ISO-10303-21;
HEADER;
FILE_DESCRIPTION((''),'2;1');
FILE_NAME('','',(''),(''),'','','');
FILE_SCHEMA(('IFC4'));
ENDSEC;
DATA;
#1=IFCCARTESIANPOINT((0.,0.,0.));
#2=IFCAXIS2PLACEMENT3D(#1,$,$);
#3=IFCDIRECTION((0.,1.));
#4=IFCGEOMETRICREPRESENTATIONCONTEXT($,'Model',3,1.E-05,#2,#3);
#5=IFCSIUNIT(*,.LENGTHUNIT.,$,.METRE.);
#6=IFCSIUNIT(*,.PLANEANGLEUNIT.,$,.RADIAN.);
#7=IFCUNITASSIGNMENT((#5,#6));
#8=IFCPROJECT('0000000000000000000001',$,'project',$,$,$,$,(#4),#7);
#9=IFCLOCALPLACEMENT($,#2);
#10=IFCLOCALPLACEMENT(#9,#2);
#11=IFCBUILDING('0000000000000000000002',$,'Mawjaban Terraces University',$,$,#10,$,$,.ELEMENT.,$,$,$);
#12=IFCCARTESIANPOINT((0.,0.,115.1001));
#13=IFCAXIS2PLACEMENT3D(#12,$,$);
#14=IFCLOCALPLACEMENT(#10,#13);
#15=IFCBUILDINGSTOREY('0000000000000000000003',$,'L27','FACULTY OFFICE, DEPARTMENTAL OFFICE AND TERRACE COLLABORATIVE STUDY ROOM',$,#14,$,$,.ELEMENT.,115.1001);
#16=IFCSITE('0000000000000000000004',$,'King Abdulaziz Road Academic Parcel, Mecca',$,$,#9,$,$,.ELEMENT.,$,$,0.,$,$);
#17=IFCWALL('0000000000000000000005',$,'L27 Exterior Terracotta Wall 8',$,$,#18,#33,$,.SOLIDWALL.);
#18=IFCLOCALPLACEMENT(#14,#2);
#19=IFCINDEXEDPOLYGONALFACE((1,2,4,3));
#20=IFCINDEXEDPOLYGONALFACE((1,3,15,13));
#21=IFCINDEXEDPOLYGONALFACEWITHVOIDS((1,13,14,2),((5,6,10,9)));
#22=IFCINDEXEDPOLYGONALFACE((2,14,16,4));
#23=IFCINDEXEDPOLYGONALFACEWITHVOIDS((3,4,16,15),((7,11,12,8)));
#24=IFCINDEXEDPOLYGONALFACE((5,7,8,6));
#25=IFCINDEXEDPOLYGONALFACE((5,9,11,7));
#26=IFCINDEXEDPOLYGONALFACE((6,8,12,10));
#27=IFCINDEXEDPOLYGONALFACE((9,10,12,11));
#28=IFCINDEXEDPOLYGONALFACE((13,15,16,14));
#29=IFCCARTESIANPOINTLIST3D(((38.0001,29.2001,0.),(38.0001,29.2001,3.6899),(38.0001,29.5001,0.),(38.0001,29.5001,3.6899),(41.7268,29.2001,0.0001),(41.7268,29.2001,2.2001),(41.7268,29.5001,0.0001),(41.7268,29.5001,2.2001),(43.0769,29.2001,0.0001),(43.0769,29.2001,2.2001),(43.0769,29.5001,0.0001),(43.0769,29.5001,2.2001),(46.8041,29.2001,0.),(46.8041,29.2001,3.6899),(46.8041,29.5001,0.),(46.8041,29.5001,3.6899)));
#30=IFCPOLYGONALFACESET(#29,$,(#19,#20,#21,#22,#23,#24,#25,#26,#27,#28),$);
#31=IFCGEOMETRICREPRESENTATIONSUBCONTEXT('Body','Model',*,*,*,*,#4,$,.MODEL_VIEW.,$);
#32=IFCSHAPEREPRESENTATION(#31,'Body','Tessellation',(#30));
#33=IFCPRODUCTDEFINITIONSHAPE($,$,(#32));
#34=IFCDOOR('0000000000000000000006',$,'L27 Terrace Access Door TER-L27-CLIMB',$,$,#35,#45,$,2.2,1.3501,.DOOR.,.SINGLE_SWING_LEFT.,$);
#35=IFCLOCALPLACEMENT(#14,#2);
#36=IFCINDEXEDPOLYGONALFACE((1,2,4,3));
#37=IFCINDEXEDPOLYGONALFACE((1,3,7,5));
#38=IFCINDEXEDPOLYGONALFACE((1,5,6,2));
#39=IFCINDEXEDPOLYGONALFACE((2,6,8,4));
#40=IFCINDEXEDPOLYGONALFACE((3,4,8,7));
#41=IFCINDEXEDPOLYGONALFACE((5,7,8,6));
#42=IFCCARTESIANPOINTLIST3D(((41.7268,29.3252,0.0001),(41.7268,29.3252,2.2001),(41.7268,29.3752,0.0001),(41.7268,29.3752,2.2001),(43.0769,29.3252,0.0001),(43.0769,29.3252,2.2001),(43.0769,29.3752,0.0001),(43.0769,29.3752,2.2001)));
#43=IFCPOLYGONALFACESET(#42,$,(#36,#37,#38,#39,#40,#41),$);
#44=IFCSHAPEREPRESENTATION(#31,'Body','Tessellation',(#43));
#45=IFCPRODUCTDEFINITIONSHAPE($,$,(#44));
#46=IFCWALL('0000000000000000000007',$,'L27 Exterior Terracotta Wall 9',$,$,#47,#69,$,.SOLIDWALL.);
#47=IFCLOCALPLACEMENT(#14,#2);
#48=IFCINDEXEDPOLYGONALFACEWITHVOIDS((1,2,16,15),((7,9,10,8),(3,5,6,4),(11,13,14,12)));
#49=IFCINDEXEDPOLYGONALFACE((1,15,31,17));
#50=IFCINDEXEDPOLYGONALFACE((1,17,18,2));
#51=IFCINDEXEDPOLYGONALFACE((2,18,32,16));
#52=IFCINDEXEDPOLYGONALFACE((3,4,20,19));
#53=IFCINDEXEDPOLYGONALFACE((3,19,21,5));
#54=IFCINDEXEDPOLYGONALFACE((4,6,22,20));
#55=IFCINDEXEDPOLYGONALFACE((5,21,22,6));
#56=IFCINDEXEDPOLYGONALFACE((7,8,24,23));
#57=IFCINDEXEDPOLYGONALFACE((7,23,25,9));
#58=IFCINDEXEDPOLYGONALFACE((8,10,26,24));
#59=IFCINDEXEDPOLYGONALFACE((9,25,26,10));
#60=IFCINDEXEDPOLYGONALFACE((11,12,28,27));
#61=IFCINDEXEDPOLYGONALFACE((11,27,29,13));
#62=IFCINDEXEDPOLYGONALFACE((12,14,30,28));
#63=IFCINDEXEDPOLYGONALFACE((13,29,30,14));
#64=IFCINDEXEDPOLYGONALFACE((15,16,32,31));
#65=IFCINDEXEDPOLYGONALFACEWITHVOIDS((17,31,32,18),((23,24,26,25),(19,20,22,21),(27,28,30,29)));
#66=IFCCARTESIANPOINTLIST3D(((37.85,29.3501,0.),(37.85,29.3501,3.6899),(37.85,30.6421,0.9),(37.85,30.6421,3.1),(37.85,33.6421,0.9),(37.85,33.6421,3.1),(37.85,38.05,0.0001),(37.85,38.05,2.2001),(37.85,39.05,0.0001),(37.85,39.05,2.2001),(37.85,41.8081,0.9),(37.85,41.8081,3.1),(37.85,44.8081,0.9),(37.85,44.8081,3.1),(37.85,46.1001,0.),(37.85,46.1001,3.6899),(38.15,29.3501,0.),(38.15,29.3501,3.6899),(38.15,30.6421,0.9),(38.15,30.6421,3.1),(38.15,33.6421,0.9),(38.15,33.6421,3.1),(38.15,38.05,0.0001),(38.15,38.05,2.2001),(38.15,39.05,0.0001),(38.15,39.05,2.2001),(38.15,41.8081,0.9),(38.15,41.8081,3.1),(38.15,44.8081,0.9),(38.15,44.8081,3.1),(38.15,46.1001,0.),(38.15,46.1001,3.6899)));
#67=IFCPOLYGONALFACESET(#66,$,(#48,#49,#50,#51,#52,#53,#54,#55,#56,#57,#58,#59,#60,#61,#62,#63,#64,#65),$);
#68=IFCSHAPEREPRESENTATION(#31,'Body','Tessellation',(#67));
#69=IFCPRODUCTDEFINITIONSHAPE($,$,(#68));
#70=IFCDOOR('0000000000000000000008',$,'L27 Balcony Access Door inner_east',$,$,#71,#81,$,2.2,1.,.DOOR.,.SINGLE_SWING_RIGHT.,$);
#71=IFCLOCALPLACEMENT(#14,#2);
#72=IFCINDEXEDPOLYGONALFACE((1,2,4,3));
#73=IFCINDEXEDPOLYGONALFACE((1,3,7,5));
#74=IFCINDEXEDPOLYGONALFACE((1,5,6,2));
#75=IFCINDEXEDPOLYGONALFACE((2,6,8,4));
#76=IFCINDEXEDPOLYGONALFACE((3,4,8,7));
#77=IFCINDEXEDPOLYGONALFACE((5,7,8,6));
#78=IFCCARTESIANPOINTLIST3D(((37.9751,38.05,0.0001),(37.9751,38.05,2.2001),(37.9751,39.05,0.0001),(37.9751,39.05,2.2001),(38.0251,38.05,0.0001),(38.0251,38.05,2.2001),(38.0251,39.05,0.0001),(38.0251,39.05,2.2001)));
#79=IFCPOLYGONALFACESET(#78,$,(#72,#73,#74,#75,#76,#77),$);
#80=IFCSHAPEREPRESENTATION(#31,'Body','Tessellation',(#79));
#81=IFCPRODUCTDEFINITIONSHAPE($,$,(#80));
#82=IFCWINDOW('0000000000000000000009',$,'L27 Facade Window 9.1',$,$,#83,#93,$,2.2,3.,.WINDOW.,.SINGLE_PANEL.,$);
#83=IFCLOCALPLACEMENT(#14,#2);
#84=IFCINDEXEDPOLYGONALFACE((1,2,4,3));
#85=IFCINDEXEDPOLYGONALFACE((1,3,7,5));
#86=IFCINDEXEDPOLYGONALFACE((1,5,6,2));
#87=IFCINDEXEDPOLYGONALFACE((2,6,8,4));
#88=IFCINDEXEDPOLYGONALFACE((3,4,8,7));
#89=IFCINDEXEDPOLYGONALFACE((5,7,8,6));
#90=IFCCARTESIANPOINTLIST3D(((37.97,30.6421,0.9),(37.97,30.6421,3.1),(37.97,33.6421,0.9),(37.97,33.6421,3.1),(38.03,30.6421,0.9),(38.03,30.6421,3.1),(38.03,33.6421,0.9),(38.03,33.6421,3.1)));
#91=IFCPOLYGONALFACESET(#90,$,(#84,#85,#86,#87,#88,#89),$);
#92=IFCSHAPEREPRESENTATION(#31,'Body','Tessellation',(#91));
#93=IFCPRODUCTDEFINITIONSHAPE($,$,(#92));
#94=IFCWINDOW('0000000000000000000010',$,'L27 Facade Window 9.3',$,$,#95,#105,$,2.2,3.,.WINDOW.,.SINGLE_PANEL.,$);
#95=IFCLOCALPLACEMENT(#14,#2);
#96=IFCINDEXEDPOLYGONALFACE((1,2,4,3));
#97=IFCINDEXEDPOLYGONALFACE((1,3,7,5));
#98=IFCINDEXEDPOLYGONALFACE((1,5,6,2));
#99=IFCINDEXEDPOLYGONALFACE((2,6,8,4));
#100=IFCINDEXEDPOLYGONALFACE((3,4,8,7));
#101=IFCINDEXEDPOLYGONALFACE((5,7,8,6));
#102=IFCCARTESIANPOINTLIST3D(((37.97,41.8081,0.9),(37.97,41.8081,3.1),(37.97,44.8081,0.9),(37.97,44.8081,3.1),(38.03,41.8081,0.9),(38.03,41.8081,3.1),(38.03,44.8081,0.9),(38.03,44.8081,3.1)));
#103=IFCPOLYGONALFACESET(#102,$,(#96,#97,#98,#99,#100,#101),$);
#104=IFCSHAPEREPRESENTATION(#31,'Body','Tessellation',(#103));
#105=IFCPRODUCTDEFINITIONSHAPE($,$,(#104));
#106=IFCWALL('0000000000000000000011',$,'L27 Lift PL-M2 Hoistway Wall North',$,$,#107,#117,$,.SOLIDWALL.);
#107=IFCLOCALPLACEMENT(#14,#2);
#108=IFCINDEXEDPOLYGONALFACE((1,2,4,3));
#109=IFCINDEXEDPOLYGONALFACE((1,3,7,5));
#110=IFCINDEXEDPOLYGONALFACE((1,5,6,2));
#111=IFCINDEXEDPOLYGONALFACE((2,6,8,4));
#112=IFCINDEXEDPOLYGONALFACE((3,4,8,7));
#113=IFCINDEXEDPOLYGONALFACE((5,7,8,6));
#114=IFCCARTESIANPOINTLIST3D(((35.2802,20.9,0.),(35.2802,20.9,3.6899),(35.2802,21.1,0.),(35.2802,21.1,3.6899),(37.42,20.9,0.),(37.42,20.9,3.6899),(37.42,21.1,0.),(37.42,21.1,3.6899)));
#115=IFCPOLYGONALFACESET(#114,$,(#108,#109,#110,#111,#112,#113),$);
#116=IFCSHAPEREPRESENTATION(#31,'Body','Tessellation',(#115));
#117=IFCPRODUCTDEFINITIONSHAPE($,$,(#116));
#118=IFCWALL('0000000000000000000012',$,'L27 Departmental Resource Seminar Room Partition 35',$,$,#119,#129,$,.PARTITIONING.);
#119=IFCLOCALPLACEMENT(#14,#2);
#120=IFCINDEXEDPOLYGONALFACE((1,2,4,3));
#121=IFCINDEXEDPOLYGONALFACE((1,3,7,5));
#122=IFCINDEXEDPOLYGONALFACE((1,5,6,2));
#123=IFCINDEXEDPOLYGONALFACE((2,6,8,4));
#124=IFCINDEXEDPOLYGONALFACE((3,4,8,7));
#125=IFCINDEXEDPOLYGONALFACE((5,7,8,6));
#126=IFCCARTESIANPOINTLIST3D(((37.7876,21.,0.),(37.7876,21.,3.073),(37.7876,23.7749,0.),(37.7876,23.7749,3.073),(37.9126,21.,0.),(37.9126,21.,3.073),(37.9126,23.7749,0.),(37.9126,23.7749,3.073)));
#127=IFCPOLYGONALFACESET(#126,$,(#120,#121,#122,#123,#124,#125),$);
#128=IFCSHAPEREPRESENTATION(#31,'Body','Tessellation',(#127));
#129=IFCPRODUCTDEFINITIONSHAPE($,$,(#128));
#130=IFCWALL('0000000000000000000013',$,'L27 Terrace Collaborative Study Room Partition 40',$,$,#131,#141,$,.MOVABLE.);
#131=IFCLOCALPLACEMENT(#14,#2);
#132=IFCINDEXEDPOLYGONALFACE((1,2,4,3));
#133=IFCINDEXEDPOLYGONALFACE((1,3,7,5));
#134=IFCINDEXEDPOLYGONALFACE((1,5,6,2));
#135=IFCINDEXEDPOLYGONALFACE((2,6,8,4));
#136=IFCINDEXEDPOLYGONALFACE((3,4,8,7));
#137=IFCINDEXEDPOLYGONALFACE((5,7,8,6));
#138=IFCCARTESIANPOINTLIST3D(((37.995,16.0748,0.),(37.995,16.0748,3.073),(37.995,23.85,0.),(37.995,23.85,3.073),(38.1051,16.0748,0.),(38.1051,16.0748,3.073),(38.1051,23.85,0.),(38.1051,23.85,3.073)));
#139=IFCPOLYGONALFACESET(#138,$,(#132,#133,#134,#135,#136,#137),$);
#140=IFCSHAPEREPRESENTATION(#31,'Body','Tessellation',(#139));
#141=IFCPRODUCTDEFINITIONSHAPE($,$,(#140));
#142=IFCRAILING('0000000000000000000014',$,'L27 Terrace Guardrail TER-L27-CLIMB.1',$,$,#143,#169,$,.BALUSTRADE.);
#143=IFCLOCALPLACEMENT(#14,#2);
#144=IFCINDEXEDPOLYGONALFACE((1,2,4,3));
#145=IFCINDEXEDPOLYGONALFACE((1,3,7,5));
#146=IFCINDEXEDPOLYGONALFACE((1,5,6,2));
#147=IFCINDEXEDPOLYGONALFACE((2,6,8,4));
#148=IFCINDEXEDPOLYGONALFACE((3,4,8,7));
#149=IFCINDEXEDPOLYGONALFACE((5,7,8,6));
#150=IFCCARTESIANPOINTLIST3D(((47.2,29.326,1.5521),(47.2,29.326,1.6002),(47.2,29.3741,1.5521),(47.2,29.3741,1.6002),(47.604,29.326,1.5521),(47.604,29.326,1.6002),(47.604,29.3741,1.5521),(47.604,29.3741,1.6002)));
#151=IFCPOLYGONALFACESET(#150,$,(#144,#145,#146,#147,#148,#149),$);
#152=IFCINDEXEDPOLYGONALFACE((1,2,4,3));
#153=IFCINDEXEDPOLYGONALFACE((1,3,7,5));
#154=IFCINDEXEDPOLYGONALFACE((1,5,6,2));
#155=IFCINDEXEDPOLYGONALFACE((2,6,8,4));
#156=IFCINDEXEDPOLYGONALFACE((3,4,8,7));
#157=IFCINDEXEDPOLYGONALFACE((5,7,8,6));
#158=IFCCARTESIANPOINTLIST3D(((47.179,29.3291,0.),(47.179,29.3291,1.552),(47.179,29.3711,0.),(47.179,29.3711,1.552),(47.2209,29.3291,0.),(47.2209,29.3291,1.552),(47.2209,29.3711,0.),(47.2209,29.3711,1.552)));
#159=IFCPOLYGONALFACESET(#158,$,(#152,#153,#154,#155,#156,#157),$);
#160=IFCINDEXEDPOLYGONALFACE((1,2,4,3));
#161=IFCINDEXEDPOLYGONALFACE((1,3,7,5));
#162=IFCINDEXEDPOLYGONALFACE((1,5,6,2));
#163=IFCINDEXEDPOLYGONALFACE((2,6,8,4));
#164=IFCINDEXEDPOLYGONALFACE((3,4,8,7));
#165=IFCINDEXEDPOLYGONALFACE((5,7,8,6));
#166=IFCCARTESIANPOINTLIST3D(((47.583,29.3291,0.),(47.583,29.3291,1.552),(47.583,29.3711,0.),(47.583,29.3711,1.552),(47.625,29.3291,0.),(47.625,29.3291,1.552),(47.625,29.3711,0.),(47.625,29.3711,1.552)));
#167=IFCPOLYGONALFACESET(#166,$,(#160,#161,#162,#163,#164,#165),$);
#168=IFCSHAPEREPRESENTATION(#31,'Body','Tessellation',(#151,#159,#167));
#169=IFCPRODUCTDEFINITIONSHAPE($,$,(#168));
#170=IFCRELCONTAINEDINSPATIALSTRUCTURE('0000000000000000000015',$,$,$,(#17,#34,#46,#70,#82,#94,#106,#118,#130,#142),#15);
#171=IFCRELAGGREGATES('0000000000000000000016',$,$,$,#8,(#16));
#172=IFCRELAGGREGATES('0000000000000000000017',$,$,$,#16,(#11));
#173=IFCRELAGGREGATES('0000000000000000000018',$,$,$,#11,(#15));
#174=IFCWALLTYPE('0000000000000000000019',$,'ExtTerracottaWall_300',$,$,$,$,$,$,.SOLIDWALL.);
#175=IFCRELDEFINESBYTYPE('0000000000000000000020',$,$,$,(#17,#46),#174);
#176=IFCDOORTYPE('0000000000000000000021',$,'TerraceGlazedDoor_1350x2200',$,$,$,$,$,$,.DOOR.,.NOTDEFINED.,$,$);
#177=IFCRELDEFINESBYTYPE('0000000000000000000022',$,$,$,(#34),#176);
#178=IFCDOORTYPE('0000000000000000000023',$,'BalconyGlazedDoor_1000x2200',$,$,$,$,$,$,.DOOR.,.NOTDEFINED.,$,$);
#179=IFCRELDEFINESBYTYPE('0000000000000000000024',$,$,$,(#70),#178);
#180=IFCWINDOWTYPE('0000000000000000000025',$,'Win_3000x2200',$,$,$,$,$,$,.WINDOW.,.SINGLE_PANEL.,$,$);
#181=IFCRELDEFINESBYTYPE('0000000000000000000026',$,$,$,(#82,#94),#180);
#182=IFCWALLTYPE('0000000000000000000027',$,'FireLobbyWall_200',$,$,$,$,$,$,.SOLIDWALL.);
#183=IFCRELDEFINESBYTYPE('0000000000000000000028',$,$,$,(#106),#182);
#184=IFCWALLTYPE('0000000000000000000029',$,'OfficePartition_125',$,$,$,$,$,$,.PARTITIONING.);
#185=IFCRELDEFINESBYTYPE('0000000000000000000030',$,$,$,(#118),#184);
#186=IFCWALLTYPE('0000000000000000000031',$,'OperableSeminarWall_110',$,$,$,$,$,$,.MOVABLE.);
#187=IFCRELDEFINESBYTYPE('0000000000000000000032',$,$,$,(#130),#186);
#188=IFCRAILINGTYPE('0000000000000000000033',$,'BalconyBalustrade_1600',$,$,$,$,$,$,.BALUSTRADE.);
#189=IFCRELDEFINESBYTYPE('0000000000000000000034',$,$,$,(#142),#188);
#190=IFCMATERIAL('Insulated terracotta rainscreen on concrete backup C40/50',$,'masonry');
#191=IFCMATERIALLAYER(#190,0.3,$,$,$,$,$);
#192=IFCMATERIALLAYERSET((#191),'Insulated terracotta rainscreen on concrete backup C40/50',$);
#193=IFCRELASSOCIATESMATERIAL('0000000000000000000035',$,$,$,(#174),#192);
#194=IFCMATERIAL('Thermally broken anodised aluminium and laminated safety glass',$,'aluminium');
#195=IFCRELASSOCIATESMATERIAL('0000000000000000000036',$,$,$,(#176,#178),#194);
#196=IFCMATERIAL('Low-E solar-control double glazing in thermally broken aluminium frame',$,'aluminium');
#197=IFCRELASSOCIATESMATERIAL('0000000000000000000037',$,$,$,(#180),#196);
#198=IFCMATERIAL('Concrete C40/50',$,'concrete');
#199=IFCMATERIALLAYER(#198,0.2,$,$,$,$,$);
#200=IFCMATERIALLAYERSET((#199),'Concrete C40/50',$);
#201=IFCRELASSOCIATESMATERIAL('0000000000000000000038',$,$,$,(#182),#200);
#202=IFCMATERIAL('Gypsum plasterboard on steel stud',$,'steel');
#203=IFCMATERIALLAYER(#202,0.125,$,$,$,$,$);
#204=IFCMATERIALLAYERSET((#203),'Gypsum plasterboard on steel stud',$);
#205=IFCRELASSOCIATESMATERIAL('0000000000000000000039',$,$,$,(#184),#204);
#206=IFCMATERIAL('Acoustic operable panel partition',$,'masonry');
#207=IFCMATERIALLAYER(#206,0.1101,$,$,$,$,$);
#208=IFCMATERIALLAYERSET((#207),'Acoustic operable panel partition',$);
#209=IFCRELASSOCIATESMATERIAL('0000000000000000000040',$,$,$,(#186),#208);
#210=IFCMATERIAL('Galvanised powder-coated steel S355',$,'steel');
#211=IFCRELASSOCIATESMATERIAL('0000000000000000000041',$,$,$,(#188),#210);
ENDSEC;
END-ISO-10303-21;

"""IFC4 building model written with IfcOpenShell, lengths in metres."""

from ifc_helpers import new_model, si_unit, direction, frame, frame_2d, origin, origin_2d, place, context, subcontext, project, spatial, rectangle, extrude, material, layer, layer_set, type_object, element, fill, save


model = new_model("IFC4")

# Units and contexts
model_context = context("Model", 3, precision=1e-05, world=origin(), true_north=direction((0.0, 1.0)))
body_context = subcontext(model_context, "Body", "Model", "MODEL_VIEW")
ifc_project = project(units=[si_unit("LENGTHUNIT", "METRE"), si_unit("PLANEANGLEUNIT", "RADIAN")], contexts=[model_context])

# Site, building, storey
site_placement = place(None, origin())
site = spatial("IfcSite", under=ifc_project, at=site_placement, Name="King Abdulaziz Road Academic Parcel, Mecca", CompositionType="ELEMENT", RefElevation=0.0)
building_placement = place(site_placement, origin())
building = spatial("IfcBuilding", under=site, at=building_placement, Name="Mawjaban Terraces University", CompositionType="ELEMENT")
storey_placement = place(building_placement, frame((0.0, 0.0, 115.1001)))
storey = spatial("IfcBuildingStorey", under=building, at=storey_placement, Name="L27", Description="FACULTY OFFICE, DEPARTMENTAL OFFICE AND TERRACE COLLABORATIVE STUDY ROOM", CompositionType="ELEMENT", Elevation=115.1001)

# Shared definitions
ifc_material_1 = material(Name="Insulated terracotta rainscreen on concrete backup C40/50", Category="masonry")
ifc_layer_1 = layer(ifc_material_1, 0.3)
ifc_layer_set_1 = layer_set([ifc_layer_1], Name="Insulated terracotta rainscreen on concrete backup C40/50")
wall_type_1 = type_object("IfcWallType", Name="ExtTerracottaWall_300", PredefinedType="SOLIDWALL", material=ifc_layer_set_1)

# Wall, opening, door
wall_1_placement = place(storey_placement, frame((46.804, 29.3501, 0.0), z_axis=(0.0, 0.0, 1.0), x_axis=(-1.0, 0.0, 0.0)))
wall_1 = element("IfcWall", 1, at=wall_1_placement, inside=storey, type_object=wall_type_1, Name="L27 Exterior Terracotta Wall 8", PredefinedType="SOLIDWALL", context=body_context, shape_type="SweptSolid", body=[
    extrude(rectangle(XDim=8.804, YDim=0.3, at=frame_2d((4.4019, 0.0))), origin(), (0.0, 0.0, 1.0), 3.6899),
])
opening_1_placement = place(wall_1_placement, frame((3.7271, 0.0, 0.0)))
opening_1 = element("IfcOpeningElement", 2, at=opening_1_placement, cuts=wall_1, PredefinedType="OPENING", context=body_context, shape_type="SweptSolid", body=[
    extrude(rectangle(XDim=1.3501, YDim=2.2, at=frame_2d((0.675, 1.1001))), frame((0.0, 0.1599, 0.0), z_axis=(0.0, -1.0, 0.0), x_axis=(1.0, 0.0, 0.0)), (0.0, 0.0, 1.0), 0.3201),
])
ifc_material_2 = material(Name="Thermally broken anodised aluminium and laminated safety glass", Category="aluminium")
door_type_1 = type_object("IfcDoorType", Name="TerraceGlazedDoor_1350x2200", OperationType="NOTDEFINED", PredefinedType="DOOR", material=ifc_material_2)
door_1_placement = place(opening_1_placement, origin())
door_1 = element("IfcDoor", 3, at=door_1_placement, inside=storey, type_object=door_type_1, Name="L27 Terrace Access Door TER-L27-CLIMB", OperationType="SINGLE_SWING_LEFT", OverallHeight=2.2, OverallWidth=1.3501, PredefinedType="DOOR", context=body_context, shape_type="SweptSolid", body=[
    extrude(rectangle(XDim=1.3501, YDim=2.2, at=frame_2d((0.675, 1.1001))), frame((0.0, 0.0249, 0.0), z_axis=(0.0, -1.0, 0.0), x_axis=(1.0, 0.0, 0.0)), (0.0, 0.0, 1.0), 0.05),
])
fill(opening_1, door_1)

# Wall, openings, door, windows
wall_2_placement = place(storey_placement, frame((38.0, 29.3501, 0.0), z_axis=(0.0, 0.0, 1.0), x_axis=(0.0, 1.0, 0.0)))
wall_2 = element("IfcWall", 4, at=wall_2_placement, inside=storey, type_object=wall_type_1, Name="L27 Exterior Terracotta Wall 9", PredefinedType="SOLIDWALL", context=body_context, shape_type="SweptSolid", body=[
    extrude(rectangle(XDim=16.75, YDim=0.3, at=frame_2d((8.375, 0.0))), origin(), (0.0, 0.0, 1.0), 3.6899),
])
opening_2_placement = place(wall_2_placement, frame((8.7, 0.0, 0.0)))
opening_2 = element("IfcOpeningElement", 5, at=opening_2_placement, cuts=wall_2, PredefinedType="OPENING", context=body_context, shape_type="SweptSolid", body=[
    extrude(rectangle(XDim=1.0, YDim=2.2, at=frame_2d((0.5, 1.1001))), frame((0.0, 0.1599, 0.0), z_axis=(0.0, -1.0, 0.0), x_axis=(1.0, 0.0, 0.0)), (0.0, 0.0, 1.0), 0.3201),
])
opening_3_placement = place(wall_2_placement, frame((1.292, 0.0, 0.8999)))
opening_3 = element("IfcOpeningElement", 6, at=opening_3_placement, cuts=wall_2, PredefinedType="OPENING", context=body_context, shape_type="SweptSolid", body=[
    extrude(rectangle(XDim=3.0, YDim=2.2, at=frame_2d((1.5, 1.1001))), frame((0.0, 0.1599, 0.0), z_axis=(0.0, -1.0, 0.0), x_axis=(1.0, 0.0, 0.0)), (0.0, 0.0, 1.0), 0.3201),
])
opening_4_placement = place(wall_2_placement, frame((12.458, 0.0, 0.8999)))
opening_4 = element("IfcOpeningElement", 7, at=opening_4_placement, cuts=wall_2, PredefinedType="OPENING", context=body_context, shape_type="SweptSolid", body=[
    extrude(rectangle(XDim=3.0, YDim=2.2, at=frame_2d((1.5, 1.1001))), frame((0.0, 0.1599, 0.0), z_axis=(0.0, -1.0, 0.0), x_axis=(1.0, 0.0, 0.0)), (0.0, 0.0, 1.0), 0.3201),
])
door_type_2 = type_object("IfcDoorType", Name="BalconyGlazedDoor_1000x2200", OperationType="NOTDEFINED", PredefinedType="DOOR", material=ifc_material_2)
door_2_placement = place(opening_2_placement, origin())
door_2 = element("IfcDoor", 8, at=door_2_placement, inside=storey, type_object=door_type_2, Name="L27 Balcony Access Door inner_east", OperationType="SINGLE_SWING_RIGHT", OverallHeight=2.2, OverallWidth=1.0, PredefinedType="DOOR", context=body_context, shape_type="SweptSolid", body=[
    extrude(rectangle(XDim=1.0, YDim=2.2, at=frame_2d((0.5, 1.1001))), frame((0.0, 0.0249, 0.0), z_axis=(0.0, -1.0, 0.0), x_axis=(1.0, 0.0, 0.0)), (0.0, 0.0, 1.0), 0.05),
])
fill(opening_2, door_2)
ifc_material_3 = material(Name="Low-E solar-control double glazing in thermally broken aluminium frame", Category="aluminium")
window_type = type_object("IfcWindowType", Name="Win_3000x2200", PartitioningType="SINGLE_PANEL", PredefinedType="WINDOW", material=ifc_material_3)
window_1_placement = place(opening_3_placement, origin())
window_1 = element("IfcWindow", 9, at=window_1_placement, inside=storey, type_object=window_type, Name="L27 Facade Window 9.1", OverallHeight=2.2, OverallWidth=3.0, PartitioningType="SINGLE_PANEL", PredefinedType="WINDOW", context=body_context, shape_type="SweptSolid", body=[
    extrude(rectangle(XDim=3.0, YDim=2.2, at=frame_2d((1.5, 1.1001))), frame((0.0, 0.03, 0.0), z_axis=(0.0, -1.0, 0.0), x_axis=(1.0, 0.0, 0.0)), (0.0, 0.0, 1.0), 0.0601),
])
fill(opening_3, window_1)
window_2_placement = place(opening_4_placement, origin())
window_2 = element("IfcWindow", 10, at=window_2_placement, inside=storey, type_object=window_type, Name="L27 Facade Window 9.3", OverallHeight=2.2, OverallWidth=3.0, PartitioningType="SINGLE_PANEL", PredefinedType="WINDOW", context=body_context, shape_type="SweptSolid", body=[
    extrude(rectangle(XDim=3.0, YDim=2.2, at=frame_2d((1.5, 1.1001))), frame((0.0, 0.03, 0.0), z_axis=(0.0, -1.0, 0.0), x_axis=(1.0, 0.0, 0.0)), (0.0, 0.0, 1.0), 0.0601),
])
fill(opening_4, window_2)

# Walls
ifc_material_4 = material(Name="Concrete C40/50", Category="concrete")
ifc_layer_2 = layer(ifc_material_4, 0.2)
ifc_layer_set_2 = layer_set([ifc_layer_2], Name="Concrete C40/50")
wall_type_2 = type_object("IfcWallType", Name="FireLobbyWall_200", PredefinedType="SOLIDWALL", material=ifc_layer_set_2)
wall_3_placement = place(storey_placement, frame((37.4199, 21.0, 0.0), z_axis=(0.0, 0.0, 1.0), x_axis=(-1.0, 0.0, 0.0)))
element("IfcWall", 11, at=wall_3_placement, inside=storey, type_object=wall_type_2, Name="L27 Lift PL-M2 Hoistway Wall North", PredefinedType="SOLIDWALL", context=body_context, shape_type="SweptSolid", body=[
    extrude(rectangle(XDim=2.1399, YDim=0.2, at=frame_2d((1.0698, 0.0))), origin(), (0.0, 0.0, 1.0), 3.6899),
])
ifc_material_5 = material(Name="Gypsum plasterboard on steel stud", Category="steel")
ifc_layer_3 = layer(ifc_material_5, 0.125)
ifc_layer_set_3 = layer_set([ifc_layer_3], Name="Gypsum plasterboard on steel stud")
wall_type_3 = type_object("IfcWallType", Name="OfficePartition_125", PredefinedType="PARTITIONING", material=ifc_layer_set_3)
wall_4_placement = place(storey_placement, frame((37.8501, 21.0, 0.0), z_axis=(0.0, 0.0, 1.0), x_axis=(0.0, 1.0, 0.0)))
element("IfcWall", 12, at=wall_4_placement, inside=storey, type_object=wall_type_3, Name="L27 Departmental Resource Seminar Room Partition 35", PredefinedType="PARTITIONING", context=body_context, shape_type="SweptSolid", body=[
    extrude(rectangle(XDim=2.7749, YDim=0.125, at=frame_2d((1.3875, 0.0))), origin(), (0.0, 0.0, 1.0), 3.073),
])
ifc_material_6 = material(Name="Acoustic operable panel partition", Category="masonry")
ifc_layer_4 = layer(ifc_material_6, 0.1101)
ifc_layer_set_4 = layer_set([ifc_layer_4], Name="Acoustic operable panel partition")
wall_type_4 = type_object("IfcWallType", Name="OperableSeminarWall_110", PredefinedType="MOVABLE", material=ifc_layer_set_4)
wall_5_placement = place(storey_placement, frame((38.05, 23.8501, 0.0), z_axis=(0.0, 0.0, 1.0), x_axis=(0.0, -1.0, 0.0)))
element("IfcWall", 13, at=wall_5_placement, inside=storey, type_object=wall_type_4, Name="L27 Terrace Collaborative Study Room Partition 40", PredefinedType="MOVABLE", context=body_context, shape_type="SweptSolid", body=[
    extrude(rectangle(XDim=7.7751, YDim=0.1101, at=frame_2d((3.8877, 0.0))), origin(), (0.0, 0.0, 1.0), 3.073),
])

# Railing
ifc_material_7 = material(Name="Galvanised powder-coated steel S355", Category="steel")
railing_type = type_object("IfcRailingType", Name="BalconyBalustrade_1600", PredefinedType="BALUSTRADE", material=ifc_material_7)
railing_1_placement = place(storey_placement, frame((47.2, 29.3501, 0.0)))
element("IfcRailing", 14, at=railing_1_placement, inside=storey, type_object=railing_type, Name="L27 Terrace Guardrail TER-L27-CLIMB.1", PredefinedType="BALUSTRADE", context=body_context, shape_type="SweptSolid", body=[
    extrude(rectangle(XDim=0.0481, YDim=0.0481, at=origin_2d()), frame((0.0, 0.0, 1.5762), z_axis=(1.0, 0.0, 0.0), x_axis=(0.0, 1.0, 0.0)), (0.0, 0.0, 1.0), 0.4041),
    extrude(rectangle(XDim=0.042, YDim=0.042, at=origin_2d()), origin(), (0.0, 0.0, 1.0), 1.552),
    extrude(rectangle(XDim=0.042, YDim=0.042, at=origin_2d()), frame((0.4041, 0.0, 0.0)), (0.0, 0.0, 1.0), 1.552),
])

save(model, "model.ifc")
